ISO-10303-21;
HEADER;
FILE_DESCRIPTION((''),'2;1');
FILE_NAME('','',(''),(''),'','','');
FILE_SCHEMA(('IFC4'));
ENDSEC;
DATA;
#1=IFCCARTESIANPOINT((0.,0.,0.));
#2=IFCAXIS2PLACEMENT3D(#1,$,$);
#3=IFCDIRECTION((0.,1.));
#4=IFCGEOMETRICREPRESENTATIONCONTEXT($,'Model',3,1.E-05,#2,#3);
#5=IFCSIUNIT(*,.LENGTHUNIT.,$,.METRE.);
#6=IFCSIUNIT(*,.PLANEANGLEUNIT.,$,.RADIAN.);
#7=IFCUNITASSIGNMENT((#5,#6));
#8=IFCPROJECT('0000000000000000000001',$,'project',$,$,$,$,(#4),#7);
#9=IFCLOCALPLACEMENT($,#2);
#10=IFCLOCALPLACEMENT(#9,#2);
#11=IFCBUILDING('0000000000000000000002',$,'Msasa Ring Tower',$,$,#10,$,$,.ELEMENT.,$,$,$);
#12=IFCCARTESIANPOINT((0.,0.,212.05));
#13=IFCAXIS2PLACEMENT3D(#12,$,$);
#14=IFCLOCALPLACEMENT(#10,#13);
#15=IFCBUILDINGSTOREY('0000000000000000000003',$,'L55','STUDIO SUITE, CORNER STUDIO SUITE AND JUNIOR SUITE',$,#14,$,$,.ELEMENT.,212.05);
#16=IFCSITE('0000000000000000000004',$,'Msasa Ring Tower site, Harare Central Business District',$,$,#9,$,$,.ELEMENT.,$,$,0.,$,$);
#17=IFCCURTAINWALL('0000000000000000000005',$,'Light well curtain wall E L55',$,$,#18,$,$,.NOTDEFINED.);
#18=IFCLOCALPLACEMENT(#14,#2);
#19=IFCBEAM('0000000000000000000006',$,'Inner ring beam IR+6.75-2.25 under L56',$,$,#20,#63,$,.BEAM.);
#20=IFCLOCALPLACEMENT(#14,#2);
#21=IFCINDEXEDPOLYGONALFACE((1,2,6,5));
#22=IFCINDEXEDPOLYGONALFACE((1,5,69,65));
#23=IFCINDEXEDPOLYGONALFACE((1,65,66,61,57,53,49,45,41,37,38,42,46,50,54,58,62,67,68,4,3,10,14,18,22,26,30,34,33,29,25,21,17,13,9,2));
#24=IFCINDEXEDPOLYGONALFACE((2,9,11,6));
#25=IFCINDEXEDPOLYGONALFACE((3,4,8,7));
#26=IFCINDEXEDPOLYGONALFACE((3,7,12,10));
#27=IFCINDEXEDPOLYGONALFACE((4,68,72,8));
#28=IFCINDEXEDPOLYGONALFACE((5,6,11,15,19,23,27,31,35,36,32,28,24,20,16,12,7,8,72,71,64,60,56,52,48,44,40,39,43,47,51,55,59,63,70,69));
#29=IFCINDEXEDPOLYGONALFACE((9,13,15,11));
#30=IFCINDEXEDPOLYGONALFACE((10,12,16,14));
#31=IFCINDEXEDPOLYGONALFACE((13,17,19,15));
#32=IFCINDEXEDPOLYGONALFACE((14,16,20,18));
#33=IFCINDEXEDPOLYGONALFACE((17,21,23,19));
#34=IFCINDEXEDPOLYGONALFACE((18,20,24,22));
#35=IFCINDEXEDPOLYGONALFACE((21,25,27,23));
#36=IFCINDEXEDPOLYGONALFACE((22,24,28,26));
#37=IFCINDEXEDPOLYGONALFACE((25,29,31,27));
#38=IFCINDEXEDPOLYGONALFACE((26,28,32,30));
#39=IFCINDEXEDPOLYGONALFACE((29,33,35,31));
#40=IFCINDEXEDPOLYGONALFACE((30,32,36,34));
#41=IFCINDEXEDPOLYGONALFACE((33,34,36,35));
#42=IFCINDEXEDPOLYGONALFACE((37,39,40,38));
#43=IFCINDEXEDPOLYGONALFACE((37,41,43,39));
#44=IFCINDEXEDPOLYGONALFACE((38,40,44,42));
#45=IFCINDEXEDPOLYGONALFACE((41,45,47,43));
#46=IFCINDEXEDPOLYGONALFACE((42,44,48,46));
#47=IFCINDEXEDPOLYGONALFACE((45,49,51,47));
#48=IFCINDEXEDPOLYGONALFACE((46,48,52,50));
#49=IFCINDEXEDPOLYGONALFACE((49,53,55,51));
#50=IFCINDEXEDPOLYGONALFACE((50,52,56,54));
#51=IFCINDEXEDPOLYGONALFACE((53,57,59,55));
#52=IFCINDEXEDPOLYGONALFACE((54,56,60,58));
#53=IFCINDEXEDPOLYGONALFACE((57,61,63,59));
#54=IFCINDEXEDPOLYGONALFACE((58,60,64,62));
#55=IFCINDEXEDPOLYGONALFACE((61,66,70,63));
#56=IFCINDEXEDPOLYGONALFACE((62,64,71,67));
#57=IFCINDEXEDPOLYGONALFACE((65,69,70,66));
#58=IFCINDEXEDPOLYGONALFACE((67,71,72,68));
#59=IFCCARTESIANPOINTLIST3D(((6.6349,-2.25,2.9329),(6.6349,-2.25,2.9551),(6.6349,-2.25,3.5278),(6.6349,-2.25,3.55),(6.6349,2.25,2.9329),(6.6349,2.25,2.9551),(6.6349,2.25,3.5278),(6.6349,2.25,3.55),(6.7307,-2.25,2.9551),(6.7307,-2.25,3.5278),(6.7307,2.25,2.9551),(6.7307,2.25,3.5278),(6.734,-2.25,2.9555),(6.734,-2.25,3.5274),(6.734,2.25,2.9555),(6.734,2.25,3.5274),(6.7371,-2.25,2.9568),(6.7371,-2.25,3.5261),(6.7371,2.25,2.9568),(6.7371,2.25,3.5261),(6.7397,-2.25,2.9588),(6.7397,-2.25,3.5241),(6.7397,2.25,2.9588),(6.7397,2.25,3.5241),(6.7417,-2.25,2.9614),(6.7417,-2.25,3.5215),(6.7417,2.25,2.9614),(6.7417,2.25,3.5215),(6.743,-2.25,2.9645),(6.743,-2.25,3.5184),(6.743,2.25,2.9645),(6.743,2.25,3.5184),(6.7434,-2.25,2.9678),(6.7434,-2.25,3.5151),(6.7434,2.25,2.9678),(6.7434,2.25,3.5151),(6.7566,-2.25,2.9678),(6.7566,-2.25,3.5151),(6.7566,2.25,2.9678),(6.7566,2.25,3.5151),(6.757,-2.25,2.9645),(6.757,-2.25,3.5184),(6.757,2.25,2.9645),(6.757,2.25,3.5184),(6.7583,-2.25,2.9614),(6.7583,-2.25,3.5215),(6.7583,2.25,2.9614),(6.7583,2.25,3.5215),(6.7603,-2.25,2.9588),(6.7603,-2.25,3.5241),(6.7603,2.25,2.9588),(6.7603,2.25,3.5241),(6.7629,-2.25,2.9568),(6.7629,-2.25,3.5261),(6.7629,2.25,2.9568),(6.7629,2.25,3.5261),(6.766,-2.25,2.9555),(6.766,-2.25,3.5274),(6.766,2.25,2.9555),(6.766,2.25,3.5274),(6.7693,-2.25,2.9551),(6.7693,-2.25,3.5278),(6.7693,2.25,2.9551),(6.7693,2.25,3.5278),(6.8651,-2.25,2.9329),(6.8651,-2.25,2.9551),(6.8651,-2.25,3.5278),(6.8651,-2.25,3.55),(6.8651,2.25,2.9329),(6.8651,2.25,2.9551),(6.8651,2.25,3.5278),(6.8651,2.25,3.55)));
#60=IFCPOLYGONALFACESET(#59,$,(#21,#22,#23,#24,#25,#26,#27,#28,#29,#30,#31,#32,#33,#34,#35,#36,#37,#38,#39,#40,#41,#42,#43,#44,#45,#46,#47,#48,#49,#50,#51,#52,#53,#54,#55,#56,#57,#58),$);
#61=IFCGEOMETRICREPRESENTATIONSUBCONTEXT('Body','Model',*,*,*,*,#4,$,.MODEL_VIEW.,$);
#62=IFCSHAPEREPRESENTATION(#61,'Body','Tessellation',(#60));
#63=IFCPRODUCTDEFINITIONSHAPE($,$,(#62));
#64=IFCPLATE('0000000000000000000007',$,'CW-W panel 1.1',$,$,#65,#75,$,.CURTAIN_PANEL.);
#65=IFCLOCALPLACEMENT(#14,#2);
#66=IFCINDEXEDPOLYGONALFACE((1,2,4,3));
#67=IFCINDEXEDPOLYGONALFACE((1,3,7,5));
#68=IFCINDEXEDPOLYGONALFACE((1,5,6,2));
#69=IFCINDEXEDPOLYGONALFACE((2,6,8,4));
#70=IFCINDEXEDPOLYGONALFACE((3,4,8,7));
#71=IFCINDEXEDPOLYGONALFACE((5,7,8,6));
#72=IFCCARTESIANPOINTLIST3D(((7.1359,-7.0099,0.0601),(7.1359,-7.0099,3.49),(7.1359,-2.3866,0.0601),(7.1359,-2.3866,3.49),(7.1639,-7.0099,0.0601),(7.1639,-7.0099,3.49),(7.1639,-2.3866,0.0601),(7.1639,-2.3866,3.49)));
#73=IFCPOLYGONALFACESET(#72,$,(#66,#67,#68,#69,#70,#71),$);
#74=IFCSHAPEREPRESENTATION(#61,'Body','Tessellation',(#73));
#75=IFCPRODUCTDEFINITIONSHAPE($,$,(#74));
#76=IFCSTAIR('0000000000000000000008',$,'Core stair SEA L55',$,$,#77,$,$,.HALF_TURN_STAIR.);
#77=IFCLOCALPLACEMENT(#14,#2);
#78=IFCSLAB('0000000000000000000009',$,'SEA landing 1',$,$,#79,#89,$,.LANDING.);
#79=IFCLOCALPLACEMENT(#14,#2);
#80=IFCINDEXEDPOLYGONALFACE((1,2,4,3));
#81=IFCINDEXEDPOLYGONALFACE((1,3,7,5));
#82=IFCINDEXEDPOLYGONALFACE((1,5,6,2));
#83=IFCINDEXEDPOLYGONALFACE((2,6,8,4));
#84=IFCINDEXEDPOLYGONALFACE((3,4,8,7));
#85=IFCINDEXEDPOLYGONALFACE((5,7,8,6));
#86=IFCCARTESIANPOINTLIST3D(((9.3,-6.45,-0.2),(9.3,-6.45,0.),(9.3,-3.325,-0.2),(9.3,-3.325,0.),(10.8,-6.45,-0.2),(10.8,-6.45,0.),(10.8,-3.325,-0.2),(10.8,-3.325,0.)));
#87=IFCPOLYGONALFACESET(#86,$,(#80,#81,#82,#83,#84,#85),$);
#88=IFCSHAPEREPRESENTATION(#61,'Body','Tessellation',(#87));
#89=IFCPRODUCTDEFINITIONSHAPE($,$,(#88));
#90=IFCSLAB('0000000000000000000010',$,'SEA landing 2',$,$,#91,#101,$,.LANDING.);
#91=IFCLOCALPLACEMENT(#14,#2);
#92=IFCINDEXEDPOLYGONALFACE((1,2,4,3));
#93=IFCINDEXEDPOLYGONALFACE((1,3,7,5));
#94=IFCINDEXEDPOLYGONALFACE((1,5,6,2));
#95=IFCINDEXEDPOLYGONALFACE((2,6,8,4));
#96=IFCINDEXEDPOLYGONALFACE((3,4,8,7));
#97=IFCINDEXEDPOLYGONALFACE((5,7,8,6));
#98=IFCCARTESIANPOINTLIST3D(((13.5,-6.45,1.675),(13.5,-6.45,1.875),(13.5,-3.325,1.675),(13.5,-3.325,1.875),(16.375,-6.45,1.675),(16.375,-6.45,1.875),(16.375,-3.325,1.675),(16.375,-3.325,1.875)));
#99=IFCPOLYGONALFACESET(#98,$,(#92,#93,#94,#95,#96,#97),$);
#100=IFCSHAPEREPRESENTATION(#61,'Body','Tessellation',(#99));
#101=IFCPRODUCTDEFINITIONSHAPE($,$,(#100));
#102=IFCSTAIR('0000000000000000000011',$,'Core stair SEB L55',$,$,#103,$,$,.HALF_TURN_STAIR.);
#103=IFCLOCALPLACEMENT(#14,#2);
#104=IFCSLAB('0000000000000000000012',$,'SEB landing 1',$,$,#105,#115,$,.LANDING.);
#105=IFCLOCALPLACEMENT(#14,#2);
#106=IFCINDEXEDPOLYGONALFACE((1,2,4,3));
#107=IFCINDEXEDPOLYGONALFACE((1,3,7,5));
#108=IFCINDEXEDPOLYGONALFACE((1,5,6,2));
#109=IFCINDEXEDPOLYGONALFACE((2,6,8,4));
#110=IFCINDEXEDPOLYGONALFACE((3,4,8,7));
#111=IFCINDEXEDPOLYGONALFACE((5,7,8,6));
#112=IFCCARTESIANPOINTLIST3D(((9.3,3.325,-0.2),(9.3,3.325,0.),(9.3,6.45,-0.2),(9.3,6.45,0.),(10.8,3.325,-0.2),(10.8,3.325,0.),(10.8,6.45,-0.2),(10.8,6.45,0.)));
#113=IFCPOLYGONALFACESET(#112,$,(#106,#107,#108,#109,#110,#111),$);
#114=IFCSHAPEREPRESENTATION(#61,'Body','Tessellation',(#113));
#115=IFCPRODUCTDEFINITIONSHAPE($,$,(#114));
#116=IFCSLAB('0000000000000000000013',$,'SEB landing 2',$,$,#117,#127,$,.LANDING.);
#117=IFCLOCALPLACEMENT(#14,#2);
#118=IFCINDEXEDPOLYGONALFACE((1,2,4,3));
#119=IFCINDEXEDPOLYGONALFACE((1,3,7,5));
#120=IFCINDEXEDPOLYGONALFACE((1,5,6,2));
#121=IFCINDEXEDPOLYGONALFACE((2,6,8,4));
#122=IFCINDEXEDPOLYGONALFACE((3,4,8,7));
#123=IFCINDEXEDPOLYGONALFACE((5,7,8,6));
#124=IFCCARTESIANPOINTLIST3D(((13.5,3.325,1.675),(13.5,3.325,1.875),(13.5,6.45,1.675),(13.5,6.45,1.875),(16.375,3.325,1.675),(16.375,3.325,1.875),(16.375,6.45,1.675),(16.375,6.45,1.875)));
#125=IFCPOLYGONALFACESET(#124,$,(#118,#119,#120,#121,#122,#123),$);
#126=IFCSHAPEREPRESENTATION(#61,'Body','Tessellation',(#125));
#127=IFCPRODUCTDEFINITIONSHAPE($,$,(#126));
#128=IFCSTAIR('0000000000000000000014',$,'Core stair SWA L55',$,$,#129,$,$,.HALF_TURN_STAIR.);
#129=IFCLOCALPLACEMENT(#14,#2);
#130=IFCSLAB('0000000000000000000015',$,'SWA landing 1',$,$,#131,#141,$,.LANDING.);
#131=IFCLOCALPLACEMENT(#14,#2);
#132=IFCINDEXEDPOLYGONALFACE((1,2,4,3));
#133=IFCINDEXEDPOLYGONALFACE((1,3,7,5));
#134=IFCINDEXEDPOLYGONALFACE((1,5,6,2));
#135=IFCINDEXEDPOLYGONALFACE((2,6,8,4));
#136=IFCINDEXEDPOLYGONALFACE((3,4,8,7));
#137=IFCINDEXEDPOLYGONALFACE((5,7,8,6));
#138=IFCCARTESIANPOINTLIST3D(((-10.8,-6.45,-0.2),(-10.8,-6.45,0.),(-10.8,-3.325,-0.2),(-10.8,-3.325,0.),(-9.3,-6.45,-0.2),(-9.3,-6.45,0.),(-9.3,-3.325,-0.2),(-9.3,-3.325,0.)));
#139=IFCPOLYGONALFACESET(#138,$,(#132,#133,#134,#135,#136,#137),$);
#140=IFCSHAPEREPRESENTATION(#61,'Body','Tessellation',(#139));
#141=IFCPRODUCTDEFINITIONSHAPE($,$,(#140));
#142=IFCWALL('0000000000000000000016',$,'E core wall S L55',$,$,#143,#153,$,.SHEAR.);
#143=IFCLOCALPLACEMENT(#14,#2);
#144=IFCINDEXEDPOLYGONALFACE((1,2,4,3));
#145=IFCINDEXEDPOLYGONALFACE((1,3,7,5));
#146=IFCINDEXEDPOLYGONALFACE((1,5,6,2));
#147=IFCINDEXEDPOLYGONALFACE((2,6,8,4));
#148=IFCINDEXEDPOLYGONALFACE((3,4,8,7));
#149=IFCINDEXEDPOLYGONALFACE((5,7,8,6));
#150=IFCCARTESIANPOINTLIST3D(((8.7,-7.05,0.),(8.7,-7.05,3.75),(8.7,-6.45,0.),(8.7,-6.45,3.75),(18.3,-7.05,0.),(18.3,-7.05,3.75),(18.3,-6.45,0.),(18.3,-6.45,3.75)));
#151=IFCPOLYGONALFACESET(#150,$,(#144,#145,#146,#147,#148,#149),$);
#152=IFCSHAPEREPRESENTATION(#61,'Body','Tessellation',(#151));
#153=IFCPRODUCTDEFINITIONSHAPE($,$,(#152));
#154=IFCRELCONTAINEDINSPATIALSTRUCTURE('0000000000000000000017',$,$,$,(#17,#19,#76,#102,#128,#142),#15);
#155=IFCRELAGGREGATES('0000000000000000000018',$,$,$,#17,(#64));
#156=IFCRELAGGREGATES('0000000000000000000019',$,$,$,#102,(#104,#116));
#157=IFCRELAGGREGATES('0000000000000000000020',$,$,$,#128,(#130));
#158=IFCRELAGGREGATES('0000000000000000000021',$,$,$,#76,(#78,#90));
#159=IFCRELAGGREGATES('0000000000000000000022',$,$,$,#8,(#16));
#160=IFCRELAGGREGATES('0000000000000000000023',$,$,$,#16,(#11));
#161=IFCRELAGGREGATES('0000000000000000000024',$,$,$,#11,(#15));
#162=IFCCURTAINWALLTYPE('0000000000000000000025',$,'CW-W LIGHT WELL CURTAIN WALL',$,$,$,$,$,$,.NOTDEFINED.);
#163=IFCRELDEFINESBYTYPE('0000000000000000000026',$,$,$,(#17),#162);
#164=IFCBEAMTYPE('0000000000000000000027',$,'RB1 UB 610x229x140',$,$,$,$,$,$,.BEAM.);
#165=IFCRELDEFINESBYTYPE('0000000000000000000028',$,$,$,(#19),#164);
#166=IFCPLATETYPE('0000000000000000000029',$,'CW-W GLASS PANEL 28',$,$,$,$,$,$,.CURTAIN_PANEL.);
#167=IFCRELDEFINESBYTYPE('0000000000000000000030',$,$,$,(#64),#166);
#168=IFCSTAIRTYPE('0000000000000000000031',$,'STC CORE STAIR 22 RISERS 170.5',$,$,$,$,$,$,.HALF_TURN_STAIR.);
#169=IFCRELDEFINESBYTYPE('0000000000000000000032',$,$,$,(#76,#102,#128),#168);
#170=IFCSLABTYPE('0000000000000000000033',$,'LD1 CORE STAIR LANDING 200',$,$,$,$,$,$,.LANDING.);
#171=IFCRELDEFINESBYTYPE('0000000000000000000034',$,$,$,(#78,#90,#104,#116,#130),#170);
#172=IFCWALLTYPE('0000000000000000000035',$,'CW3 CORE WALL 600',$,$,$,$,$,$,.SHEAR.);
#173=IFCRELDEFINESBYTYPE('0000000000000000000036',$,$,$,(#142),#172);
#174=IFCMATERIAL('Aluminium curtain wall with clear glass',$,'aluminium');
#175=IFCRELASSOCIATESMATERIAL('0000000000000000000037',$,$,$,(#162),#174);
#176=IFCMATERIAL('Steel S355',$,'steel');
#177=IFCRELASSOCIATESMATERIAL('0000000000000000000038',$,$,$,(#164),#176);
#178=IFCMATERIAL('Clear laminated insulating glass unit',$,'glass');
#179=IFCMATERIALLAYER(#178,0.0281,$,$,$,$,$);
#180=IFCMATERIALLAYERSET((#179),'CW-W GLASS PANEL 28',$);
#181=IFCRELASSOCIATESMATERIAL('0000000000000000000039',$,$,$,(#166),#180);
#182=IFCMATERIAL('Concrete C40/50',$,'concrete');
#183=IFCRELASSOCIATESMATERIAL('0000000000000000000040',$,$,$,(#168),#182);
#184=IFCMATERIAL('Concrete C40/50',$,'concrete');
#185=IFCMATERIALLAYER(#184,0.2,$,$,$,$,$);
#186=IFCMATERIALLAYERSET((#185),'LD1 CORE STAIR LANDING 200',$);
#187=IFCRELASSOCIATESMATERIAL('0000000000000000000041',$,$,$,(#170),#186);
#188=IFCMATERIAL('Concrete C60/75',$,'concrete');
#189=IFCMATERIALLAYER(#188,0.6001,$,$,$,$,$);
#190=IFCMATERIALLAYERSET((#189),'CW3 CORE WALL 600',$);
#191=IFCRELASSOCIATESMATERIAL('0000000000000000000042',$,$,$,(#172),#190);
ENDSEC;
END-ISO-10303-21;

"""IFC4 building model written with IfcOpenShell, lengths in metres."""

from ifc_helpers import new_model, si_unit, direction, frame, frame_2d, origin, origin_2d, place, context, subcontext, project, spatial, polyline, rectangle, i_section, outline, extrude, material, layer, layer_set, material_profile, profile_set, type_object, element, aggregate, save


model = new_model("IFC4")

# Units and contexts
model_context = context("Model", 3, precision=1e-05, world=origin(), true_north=direction((0.0, 1.0)))
body_context = subcontext(model_context, "Body", "Model", "MODEL_VIEW")
ifc_project = project(units=[si_unit("LENGTHUNIT", "METRE"), si_unit("PLANEANGLEUNIT", "RADIAN")], contexts=[model_context])

# Site, building, storey
site_placement = place(None, origin())
site = spatial("IfcSite", under=ifc_project, at=site_placement, Name="Msasa Ring Tower site, Harare Central Business District", CompositionType="ELEMENT", RefElevation=0.0)
building_placement = place(site_placement, origin())
building = spatial("IfcBuilding", under=site, at=building_placement, Name="Msasa Ring Tower", CompositionType="ELEMENT")
storey_placement = place(building_placement, frame((0.0, 0.0, 212.05)))
storey = spatial("IfcBuildingStorey", under=building, at=storey_placement, Name="L55", Description="STUDIO SUITE, CORNER STUDIO SUITE AND JUNIOR SUITE", CompositionType="ELEMENT", Elevation=212.05)

# Curtain wall
ifc_material_1 = material(Name="Aluminium curtain wall with clear glass", Category="aluminium")
curtain_wall_type = type_object("IfcCurtainWallType", Name="CW-W LIGHT WELL CURTAIN WALL", PredefinedType="NOTDEFINED", material=ifc_material_1)
curtain_wall_placement = place(storey_placement, origin())
curtain_wall = element("IfcCurtainWall", 1, at=curtain_wall_placement, inside=storey, type_object=curtain_wall_type, Name="Light well curtain wall E L55", PredefinedType="NOTDEFINED")

# Beam
ifc_material_2 = material(Name="Steel S355", Category="steel")
ifc_material_profile_1 = material_profile(ifc_material_2, i_section(OverallWidth=0.2302, OverallDepth=0.6172, WebThickness=0.0132, FlangeThickness=0.0222, FilletRadius=0.0127, at=origin_2d()), Name="UB 610x229x140")
ifc_profile_set_1 = profile_set([ifc_material_profile_1], Name="Steel S355")
beam_type = type_object("IfcBeamType", Name="RB1 UB 610x229x140", PredefinedType="BEAM", material=ifc_profile_set_1)
for number, where, z_axis, x_axis, name in (
    (2, (6.75, -2.25, 3.2415), (0.0, 1.0, 0.0), (-1.0, 0.0, 0.0), "Inner ring beam IR+6.75-2.25 under L56"),
):
    element("IfcBeam", number, at=place(storey_placement, frame(where, z_axis=z_axis, x_axis=x_axis)), inside=storey, type_object=beam_type, Name=name, PredefinedType="BEAM", context=body_context, shape_type="SweptSolid", body=[
        extrude(i_section(OverallWidth=0.2302, OverallDepth=0.6172, WebThickness=0.0132, FlangeThickness=0.0222, FilletRadius=0.0127, at=origin_2d()), origin(), (0.0, 0.0, 1.0), 4.5),
    ])

# Plate
ifc_material_3 = material(Name="Clear laminated insulating glass unit", Category="glass")
ifc_layer_1 = layer(ifc_material_3, 0.0281)
ifc_layer_set_1 = layer_set([ifc_layer_1], Name="CW-W GLASS PANEL 28")
plate_type = type_object("IfcPlateType", Name="CW-W GLASS PANEL 28", PredefinedType="CURTAIN_PANEL", material=ifc_layer_set_1)
plate_placement = place(storey_placement, frame((7.1499, -4.6982, 0.0601), z_axis=(0.0, 0.0, 1.0), x_axis=(0.0, 1.0, 0.0)))
plate = element("IfcPlate", 3, at=plate_placement, type_object=plate_type, Name="CW-W panel 1.1", PredefinedType="CURTAIN_PANEL", context=body_context, shape_type="SweptSolid", body=[
    extrude(rectangle(XDim=4.6233, YDim=0.0281, at=origin_2d()), origin(), (0.0, 0.0, 1.0), 3.4299),
])
aggregate(curtain_wall, [plate])

# Stairs, slabs
ifc_material_4 = material(Name="Concrete C40/50", Category="concrete")
stair_type = type_object("IfcStairType", Name="STC CORE STAIR 22 RISERS 170.5", PredefinedType="HALF_TURN_STAIR", material=ifc_material_4)
stair_1_placement = place(storey_placement, origin())
stair_1 = element("IfcStair", 4, at=stair_1_placement, inside=storey, type_object=stair_type, Name="Core stair SEA L55", PredefinedType="HALF_TURN_STAIR")
ifc_material_5 = material(Name="Concrete C40/50", Category="concrete")
ifc_layer_2 = layer(ifc_material_5, 0.2)
ifc_layer_set_2 = layer_set([ifc_layer_2], Name="LD1 CORE STAIR LANDING 200")
slab_type = type_object("IfcSlabType", Name="LD1 CORE STAIR LANDING 200", PredefinedType="LANDING", material=ifc_layer_set_2)
slab_1_placement = place(storey_placement, frame((0.0, 0.0, -0.2)))
slab_1 = element("IfcSlab", 5, at=slab_1_placement, type_object=slab_type, Name="SEA landing 1", PredefinedType="LANDING", context=body_context, shape_type="SweptSolid", body=[
    extrude(outline(polyline([(9.3, -6.45), (10.8, -6.45), (10.8, -3.325), (9.3, -3.325), (9.3, -6.45)])), origin(), (0.0, 0.0, 1.0), 0.2),
])
slab_2_placement = place(storey_placement, frame((0.0, 0.0, 1.675)))
slab_2 = element("IfcSlab", 6, at=slab_2_placement, type_object=slab_type, Name="SEA landing 2", PredefinedType="LANDING", context=body_context, shape_type="SweptSolid", body=[
    extrude(outline(polyline([(13.5, -6.45), (16.375, -6.45), (16.375, -3.325), (13.5, -3.325), (13.5, -6.45)])), origin(), (0.0, 0.0, 1.0), 0.2),
])
stair_2_placement = place(storey_placement, origin())
stair_2 = element("IfcStair", 7, at=stair_2_placement, inside=storey, type_object=stair_type, Name="Core stair SEB L55", PredefinedType="HALF_TURN_STAIR")
slab_3_placement = place(storey_placement, frame((0.0, 0.0, -0.2)))
slab_3 = element("IfcSlab", 8, at=slab_3_placement, type_object=slab_type, Name="SEB landing 1", PredefinedType="LANDING", context=body_context, shape_type="SweptSolid", body=[
    extrude(outline(polyline([(9.3, 3.325), (10.8, 3.325), (10.8, 6.45), (9.3, 6.45), (9.3, 3.325)])), origin(), (0.0, 0.0, 1.0), 0.2),
])
slab_4_placement = place(storey_placement, frame((0.0, 0.0, 1.675)))
slab_4 = element("IfcSlab", 9, at=slab_4_placement, type_object=slab_type, Name="SEB landing 2", PredefinedType="LANDING", context=body_context, shape_type="SweptSolid", body=[
    extrude(outline(polyline([(13.5, 3.325), (16.375, 3.325), (16.375, 6.45), (13.5, 6.45), (13.5, 3.325)])), origin(), (0.0, 0.0, 1.0), 0.2),
])
aggregate(stair_2, [slab_3, slab_4])

# Stair, slab
stair_3_placement = place(storey_placement, origin())
stair_3 = element("IfcStair", 10, at=stair_3_placement, inside=storey, type_object=stair_type, Name="Core stair SWA L55", PredefinedType="HALF_TURN_STAIR")
slab_5_placement = place(storey_placement, frame((0.0, 0.0, -0.2)))
slab_5 = element("IfcSlab", 11, at=slab_5_placement, type_object=slab_type, Name="SWA landing 1", PredefinedType="LANDING", context=body_context, shape_type="SweptSolid", body=[
    extrude(outline(polyline([(-10.8, -6.45), (-9.3, -6.45), (-9.3, -3.325), (-10.8, -3.325), (-10.8, -6.45)])), origin(), (0.0, 0.0, 1.0), 0.2),
])
aggregate(stair_3, [slab_5])

# Wall
ifc_material_6 = material(Name="Concrete C60/75", Category="concrete")
ifc_layer_3 = layer(ifc_material_6, 0.6001)
ifc_layer_set_3 = layer_set([ifc_layer_3], Name="CW3 CORE WALL 600")
wall_type_1 = type_object("IfcWallType", Name="CW3 CORE WALL 600", PredefinedType="SHEAR", material=ifc_layer_set_3)
wall_1_placement = place(storey_placement, frame((8.7, -6.75, 0.0), z_axis=(0.0, 0.0, 1.0), x_axis=(1.0, 0.0, 0.0)))
element("IfcWall", 12, at=wall_1_placement, inside=storey, type_object=wall_type_1, Name="E core wall S L55", PredefinedType="SHEAR", context=body_context, shape_type="SweptSolid", body=[
    extrude(rectangle(XDim=9.6001, YDim=0.6001, at=frame_2d((4.8, 0.0))), origin(), (0.0, 0.0, 1.0), 3.75),
])

aggregate(stair_1, [slab_1, slab_2])

save(model, "model.ifc")
